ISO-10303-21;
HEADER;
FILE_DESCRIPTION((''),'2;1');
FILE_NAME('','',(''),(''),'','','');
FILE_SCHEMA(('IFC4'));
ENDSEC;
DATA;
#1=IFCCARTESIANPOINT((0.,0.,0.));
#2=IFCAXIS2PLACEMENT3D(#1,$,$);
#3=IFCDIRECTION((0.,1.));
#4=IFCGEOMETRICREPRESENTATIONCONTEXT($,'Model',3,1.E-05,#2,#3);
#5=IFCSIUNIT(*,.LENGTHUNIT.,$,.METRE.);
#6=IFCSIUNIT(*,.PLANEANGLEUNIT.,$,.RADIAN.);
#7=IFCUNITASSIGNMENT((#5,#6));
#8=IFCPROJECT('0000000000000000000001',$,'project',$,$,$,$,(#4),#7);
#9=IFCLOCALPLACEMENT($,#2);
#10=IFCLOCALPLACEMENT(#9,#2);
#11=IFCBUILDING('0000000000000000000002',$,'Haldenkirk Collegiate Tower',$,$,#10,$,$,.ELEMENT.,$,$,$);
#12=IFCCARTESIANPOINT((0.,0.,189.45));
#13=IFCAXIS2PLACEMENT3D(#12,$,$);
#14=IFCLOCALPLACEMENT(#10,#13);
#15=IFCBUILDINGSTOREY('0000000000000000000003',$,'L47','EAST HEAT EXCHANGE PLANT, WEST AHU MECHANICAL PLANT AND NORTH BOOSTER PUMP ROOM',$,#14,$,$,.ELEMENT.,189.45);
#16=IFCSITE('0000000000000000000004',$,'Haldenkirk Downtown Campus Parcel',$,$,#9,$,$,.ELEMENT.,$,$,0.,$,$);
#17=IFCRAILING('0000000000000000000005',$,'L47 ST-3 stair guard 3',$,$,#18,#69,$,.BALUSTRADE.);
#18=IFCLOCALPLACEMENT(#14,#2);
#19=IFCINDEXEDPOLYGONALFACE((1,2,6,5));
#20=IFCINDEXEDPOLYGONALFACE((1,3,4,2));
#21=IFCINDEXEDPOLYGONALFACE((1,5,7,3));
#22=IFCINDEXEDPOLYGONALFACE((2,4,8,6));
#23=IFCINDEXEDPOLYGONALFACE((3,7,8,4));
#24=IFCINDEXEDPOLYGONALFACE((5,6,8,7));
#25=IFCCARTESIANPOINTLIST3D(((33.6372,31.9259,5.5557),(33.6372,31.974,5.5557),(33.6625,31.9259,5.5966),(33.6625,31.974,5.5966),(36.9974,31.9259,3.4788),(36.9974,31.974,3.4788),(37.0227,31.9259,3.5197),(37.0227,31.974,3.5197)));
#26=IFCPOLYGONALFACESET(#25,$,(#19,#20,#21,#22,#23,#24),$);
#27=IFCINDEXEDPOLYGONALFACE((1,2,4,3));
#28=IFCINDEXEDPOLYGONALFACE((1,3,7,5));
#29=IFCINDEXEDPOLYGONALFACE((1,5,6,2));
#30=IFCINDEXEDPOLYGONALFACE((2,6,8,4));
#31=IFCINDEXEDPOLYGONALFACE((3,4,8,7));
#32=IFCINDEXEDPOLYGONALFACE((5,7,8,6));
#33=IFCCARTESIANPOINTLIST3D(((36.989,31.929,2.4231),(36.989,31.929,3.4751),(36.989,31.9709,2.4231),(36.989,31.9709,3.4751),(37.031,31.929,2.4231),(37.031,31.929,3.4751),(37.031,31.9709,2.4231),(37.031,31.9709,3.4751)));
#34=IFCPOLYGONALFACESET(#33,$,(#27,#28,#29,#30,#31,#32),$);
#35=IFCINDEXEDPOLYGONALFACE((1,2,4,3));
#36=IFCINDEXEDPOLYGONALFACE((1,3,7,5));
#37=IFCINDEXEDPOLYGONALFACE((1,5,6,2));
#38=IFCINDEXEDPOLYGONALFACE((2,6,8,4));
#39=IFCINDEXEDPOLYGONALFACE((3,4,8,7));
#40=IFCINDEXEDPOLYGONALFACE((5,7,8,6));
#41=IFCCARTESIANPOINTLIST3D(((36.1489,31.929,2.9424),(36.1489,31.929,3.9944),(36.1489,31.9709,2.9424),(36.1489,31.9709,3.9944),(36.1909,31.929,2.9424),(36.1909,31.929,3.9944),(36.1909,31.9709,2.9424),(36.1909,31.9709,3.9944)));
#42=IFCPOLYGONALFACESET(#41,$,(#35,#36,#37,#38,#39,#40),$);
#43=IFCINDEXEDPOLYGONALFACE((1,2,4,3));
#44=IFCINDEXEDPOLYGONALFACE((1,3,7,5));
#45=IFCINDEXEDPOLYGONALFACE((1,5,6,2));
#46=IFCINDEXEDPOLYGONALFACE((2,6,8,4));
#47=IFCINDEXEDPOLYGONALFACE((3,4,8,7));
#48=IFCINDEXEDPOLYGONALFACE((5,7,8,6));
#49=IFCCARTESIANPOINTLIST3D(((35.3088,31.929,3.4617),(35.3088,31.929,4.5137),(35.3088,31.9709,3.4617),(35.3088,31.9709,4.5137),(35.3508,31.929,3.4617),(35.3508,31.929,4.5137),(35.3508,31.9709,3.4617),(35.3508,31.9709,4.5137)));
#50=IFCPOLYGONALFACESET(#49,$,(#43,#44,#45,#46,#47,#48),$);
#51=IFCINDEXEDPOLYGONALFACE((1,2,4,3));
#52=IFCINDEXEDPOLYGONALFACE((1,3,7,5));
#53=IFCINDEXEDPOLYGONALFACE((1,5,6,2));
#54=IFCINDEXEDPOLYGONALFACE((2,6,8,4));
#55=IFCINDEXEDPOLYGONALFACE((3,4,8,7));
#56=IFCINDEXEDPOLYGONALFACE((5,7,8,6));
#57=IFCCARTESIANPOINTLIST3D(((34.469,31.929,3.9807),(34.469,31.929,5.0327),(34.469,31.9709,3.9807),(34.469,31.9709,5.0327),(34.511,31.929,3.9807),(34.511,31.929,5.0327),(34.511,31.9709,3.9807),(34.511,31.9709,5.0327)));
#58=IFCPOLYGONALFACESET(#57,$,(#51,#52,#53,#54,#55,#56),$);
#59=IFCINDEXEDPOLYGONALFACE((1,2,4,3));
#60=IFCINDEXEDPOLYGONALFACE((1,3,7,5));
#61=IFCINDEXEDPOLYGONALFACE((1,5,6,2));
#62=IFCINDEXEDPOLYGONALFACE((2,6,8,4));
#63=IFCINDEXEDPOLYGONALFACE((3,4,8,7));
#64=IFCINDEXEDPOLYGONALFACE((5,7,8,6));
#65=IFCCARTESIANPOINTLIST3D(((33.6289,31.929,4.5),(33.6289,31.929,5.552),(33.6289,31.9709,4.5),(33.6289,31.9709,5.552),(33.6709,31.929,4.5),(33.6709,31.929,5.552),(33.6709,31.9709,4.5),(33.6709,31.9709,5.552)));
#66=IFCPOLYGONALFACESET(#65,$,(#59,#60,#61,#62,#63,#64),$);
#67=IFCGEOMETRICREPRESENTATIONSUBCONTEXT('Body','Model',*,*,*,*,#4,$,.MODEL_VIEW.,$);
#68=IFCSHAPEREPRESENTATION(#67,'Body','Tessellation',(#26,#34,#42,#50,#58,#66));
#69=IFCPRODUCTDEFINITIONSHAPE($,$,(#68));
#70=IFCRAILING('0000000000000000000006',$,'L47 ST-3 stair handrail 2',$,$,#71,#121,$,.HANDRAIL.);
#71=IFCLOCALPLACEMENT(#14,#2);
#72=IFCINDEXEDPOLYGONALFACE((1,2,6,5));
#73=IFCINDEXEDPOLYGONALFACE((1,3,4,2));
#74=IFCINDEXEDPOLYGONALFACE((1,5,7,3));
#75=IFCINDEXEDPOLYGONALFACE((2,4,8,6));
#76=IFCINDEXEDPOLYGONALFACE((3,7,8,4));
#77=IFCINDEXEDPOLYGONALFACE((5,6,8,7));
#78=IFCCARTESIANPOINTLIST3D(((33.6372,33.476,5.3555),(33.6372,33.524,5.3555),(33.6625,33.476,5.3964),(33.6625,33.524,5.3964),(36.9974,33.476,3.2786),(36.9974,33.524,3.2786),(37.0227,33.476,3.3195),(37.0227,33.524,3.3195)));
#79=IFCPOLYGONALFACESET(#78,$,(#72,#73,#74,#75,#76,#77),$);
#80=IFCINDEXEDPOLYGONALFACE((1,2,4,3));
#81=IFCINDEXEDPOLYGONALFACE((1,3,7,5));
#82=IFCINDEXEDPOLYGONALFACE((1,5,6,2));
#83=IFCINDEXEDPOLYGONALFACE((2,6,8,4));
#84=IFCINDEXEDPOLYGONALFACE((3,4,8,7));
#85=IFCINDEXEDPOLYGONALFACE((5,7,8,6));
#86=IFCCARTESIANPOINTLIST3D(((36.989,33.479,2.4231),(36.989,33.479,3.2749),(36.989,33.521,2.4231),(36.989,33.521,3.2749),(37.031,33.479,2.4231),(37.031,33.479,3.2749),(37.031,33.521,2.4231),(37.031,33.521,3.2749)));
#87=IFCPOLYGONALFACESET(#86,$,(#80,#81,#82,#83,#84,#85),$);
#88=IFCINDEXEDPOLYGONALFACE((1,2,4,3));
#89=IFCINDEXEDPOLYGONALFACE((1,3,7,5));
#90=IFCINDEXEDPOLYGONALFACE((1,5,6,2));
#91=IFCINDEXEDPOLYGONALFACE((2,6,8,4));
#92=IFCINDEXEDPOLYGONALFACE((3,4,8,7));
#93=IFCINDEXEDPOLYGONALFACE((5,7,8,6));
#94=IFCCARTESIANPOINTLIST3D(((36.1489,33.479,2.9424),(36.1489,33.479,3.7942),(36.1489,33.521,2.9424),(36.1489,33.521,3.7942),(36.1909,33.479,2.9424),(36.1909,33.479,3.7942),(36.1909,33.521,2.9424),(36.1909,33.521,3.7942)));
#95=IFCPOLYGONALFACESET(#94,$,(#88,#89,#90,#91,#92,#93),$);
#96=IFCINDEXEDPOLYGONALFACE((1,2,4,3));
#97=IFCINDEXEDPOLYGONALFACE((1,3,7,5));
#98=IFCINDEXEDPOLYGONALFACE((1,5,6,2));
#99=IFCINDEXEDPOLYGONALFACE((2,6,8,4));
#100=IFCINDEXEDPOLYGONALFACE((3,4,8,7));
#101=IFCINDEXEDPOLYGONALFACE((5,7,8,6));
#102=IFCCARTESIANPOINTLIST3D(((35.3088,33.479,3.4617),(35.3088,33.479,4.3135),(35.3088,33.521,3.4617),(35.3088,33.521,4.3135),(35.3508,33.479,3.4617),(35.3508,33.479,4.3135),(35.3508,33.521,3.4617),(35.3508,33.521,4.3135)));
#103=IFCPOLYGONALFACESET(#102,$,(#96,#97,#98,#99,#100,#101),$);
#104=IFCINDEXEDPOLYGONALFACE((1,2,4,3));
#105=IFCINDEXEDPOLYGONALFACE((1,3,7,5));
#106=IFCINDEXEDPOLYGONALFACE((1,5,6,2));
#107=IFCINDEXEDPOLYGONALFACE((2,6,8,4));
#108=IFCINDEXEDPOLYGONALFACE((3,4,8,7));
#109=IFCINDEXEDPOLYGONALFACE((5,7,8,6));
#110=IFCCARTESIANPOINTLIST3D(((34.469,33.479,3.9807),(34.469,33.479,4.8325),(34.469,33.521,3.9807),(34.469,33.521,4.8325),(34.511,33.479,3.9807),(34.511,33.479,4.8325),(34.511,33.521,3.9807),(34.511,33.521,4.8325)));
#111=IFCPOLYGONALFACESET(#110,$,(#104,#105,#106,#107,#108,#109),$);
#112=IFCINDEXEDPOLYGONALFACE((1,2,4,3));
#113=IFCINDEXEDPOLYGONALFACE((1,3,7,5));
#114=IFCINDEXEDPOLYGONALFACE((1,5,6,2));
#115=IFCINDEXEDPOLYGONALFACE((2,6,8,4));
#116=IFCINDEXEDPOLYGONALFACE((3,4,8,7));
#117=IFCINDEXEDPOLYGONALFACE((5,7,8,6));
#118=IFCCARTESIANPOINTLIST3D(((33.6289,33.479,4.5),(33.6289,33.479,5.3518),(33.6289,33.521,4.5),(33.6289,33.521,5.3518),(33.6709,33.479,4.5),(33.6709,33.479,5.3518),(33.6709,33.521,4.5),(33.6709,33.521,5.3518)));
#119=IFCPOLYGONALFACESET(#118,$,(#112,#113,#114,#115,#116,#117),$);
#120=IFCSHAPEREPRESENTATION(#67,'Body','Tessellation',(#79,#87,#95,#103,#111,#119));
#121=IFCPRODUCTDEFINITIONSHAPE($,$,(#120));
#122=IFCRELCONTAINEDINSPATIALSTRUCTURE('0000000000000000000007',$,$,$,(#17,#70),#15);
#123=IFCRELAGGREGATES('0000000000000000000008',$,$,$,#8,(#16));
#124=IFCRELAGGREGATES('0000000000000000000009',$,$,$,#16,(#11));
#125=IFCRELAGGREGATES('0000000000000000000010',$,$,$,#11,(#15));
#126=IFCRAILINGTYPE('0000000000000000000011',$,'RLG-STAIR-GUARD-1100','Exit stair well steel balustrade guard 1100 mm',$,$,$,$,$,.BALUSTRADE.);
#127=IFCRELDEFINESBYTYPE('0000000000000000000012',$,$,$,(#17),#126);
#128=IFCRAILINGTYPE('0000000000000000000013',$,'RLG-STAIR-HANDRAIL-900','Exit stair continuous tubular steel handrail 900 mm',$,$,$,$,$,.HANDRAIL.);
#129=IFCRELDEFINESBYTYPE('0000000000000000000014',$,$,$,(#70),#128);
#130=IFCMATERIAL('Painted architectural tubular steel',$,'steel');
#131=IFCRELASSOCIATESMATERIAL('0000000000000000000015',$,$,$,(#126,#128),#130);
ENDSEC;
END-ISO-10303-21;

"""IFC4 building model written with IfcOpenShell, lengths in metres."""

from ifc_helpers import new_model, si_unit, direction, frame, origin, origin_2d, place, context, subcontext, project, spatial, rectangle, extrude, material, type_object, element, save


model = new_model("IFC4")

# Units and contexts
model_context = context("Model", 3, precision=1e-05, world=origin(), true_north=direction((0.0, 1.0)))
body_context = subcontext(model_context, "Body", "Model", "MODEL_VIEW")
ifc_project = project(units=[si_unit("LENGTHUNIT", "METRE"), si_unit("PLANEANGLEUNIT", "RADIAN")], contexts=[model_context])

# Site, building, storey
site_placement = place(None, origin())
site = spatial("IfcSite", under=ifc_project, at=site_placement, Name="Haldenkirk Downtown Campus Parcel", CompositionType="ELEMENT", RefElevation=0.0)
building_placement = place(site_placement, origin())
building = spatial("IfcBuilding", under=site, at=building_placement, Name="Haldenkirk Collegiate Tower", CompositionType="ELEMENT")
storey_placement = place(building_placement, frame((0.0, 0.0, 189.45)))
storey = spatial("IfcBuildingStorey", under=building, at=storey_placement, Name="L47", Description="EAST HEAT EXCHANGE PLANT, WEST AHU MECHANICAL PLANT AND NORTH BOOSTER PUMP ROOM", CompositionType="ELEMENT", Elevation=189.45)

# Railings
ifc_material_1 = material(Name="Painted architectural tubular steel", Category="steel")
railing_type_1 = type_object("IfcRailingType", Name="RLG-STAIR-GUARD-1100", Description="Exit stair well steel balustrade guard 1100 mm", PredefinedType="BALUSTRADE", material=ifc_material_1)
railing_1_placement = place(storey_placement, frame((37.01, 31.95, 2.4231)))
element("IfcRailing", 1, at=railing_1_placement, inside=storey, type_object=railing_type_1, Name="L47 ST-3 stair guard 3", PredefinedType="BALUSTRADE", context=body_context, shape_type="SweptSolid", body=[
    extrude(rectangle(XDim=0.0481, YDim=0.0481, at=origin_2d()), frame((0.0, 0.0, 1.0762), z_axis=(-0.850623, 0.0, 0.525776), x_axis=(0.0, -1.0, 0.0)), (0.0, 0.0, 1.0), 3.9502),
    extrude(rectangle(XDim=0.042, YDim=0.042, at=origin_2d()), origin(), (0.0, 0.0, 1.0), 1.052),
    extrude(rectangle(XDim=0.042, YDim=0.042, at=origin_2d()), frame((-0.8401, 0.0, 0.5193)), (0.0, 0.0, 1.0), 1.052),
    extrude(rectangle(XDim=0.042, YDim=0.042, at=origin_2d()), frame((-1.6802, 0.0, 1.0386)), (0.0, 0.0, 1.0), 1.052),
    extrude(rectangle(XDim=0.042, YDim=0.042, at=origin_2d()), frame((-2.52, 0.0, 1.5576)), (0.0, 0.0, 1.0), 1.052),
    extrude(rectangle(XDim=0.042, YDim=0.042, at=origin_2d()), frame((-3.3601, 0.0, 2.0769)), (0.0, 0.0, 1.0), 1.052),
])
railing_type_2 = type_object("IfcRailingType", Name="RLG-STAIR-HANDRAIL-900", Description="Exit stair continuous tubular steel handrail 900 mm", PredefinedType="HANDRAIL", material=ifc_material_1)
railing_2_placement = place(storey_placement, frame((37.01, 33.5, 2.4231)))
element("IfcRailing", 2, at=railing_2_placement, inside=storey, type_object=railing_type_2, Name="L47 ST-3 stair handrail 2", PredefinedType="HANDRAIL", context=body_context, shape_type="SweptSolid", body=[
    extrude(rectangle(XDim=0.0481, YDim=0.0481, at=origin_2d()), frame((0.0, 0.0, 0.876), z_axis=(-0.850623, 0.0, 0.525776), x_axis=(0.0, -1.0, 0.0)), (0.0, 0.0, 1.0), 3.9502),
    extrude(rectangle(XDim=0.042, YDim=0.042, at=origin_2d()), origin(), (0.0, 0.0, 1.0), 0.8518),
    extrude(rectangle(XDim=0.042, YDim=0.042, at=origin_2d()), frame((-0.8401, 0.0, 0.5193)), (0.0, 0.0, 1.0), 0.8518),
    extrude(rectangle(XDim=0.042, YDim=0.042, at=origin_2d()), frame((-1.6802, 0.0, 1.0386)), (0.0, 0.0, 1.0), 0.8518),
    extrude(rectangle(XDim=0.042, YDim=0.042, at=origin_2d()), frame((-2.52, 0.0, 1.5576)), (0.0, 0.0, 1.0), 0.8518),
    extrude(rectangle(XDim=0.042, YDim=0.042, at=origin_2d()), frame((-3.3601, 0.0, 2.0769)), (0.0, 0.0, 1.0), 0.8518),
])

save(model, "model.ifc")
